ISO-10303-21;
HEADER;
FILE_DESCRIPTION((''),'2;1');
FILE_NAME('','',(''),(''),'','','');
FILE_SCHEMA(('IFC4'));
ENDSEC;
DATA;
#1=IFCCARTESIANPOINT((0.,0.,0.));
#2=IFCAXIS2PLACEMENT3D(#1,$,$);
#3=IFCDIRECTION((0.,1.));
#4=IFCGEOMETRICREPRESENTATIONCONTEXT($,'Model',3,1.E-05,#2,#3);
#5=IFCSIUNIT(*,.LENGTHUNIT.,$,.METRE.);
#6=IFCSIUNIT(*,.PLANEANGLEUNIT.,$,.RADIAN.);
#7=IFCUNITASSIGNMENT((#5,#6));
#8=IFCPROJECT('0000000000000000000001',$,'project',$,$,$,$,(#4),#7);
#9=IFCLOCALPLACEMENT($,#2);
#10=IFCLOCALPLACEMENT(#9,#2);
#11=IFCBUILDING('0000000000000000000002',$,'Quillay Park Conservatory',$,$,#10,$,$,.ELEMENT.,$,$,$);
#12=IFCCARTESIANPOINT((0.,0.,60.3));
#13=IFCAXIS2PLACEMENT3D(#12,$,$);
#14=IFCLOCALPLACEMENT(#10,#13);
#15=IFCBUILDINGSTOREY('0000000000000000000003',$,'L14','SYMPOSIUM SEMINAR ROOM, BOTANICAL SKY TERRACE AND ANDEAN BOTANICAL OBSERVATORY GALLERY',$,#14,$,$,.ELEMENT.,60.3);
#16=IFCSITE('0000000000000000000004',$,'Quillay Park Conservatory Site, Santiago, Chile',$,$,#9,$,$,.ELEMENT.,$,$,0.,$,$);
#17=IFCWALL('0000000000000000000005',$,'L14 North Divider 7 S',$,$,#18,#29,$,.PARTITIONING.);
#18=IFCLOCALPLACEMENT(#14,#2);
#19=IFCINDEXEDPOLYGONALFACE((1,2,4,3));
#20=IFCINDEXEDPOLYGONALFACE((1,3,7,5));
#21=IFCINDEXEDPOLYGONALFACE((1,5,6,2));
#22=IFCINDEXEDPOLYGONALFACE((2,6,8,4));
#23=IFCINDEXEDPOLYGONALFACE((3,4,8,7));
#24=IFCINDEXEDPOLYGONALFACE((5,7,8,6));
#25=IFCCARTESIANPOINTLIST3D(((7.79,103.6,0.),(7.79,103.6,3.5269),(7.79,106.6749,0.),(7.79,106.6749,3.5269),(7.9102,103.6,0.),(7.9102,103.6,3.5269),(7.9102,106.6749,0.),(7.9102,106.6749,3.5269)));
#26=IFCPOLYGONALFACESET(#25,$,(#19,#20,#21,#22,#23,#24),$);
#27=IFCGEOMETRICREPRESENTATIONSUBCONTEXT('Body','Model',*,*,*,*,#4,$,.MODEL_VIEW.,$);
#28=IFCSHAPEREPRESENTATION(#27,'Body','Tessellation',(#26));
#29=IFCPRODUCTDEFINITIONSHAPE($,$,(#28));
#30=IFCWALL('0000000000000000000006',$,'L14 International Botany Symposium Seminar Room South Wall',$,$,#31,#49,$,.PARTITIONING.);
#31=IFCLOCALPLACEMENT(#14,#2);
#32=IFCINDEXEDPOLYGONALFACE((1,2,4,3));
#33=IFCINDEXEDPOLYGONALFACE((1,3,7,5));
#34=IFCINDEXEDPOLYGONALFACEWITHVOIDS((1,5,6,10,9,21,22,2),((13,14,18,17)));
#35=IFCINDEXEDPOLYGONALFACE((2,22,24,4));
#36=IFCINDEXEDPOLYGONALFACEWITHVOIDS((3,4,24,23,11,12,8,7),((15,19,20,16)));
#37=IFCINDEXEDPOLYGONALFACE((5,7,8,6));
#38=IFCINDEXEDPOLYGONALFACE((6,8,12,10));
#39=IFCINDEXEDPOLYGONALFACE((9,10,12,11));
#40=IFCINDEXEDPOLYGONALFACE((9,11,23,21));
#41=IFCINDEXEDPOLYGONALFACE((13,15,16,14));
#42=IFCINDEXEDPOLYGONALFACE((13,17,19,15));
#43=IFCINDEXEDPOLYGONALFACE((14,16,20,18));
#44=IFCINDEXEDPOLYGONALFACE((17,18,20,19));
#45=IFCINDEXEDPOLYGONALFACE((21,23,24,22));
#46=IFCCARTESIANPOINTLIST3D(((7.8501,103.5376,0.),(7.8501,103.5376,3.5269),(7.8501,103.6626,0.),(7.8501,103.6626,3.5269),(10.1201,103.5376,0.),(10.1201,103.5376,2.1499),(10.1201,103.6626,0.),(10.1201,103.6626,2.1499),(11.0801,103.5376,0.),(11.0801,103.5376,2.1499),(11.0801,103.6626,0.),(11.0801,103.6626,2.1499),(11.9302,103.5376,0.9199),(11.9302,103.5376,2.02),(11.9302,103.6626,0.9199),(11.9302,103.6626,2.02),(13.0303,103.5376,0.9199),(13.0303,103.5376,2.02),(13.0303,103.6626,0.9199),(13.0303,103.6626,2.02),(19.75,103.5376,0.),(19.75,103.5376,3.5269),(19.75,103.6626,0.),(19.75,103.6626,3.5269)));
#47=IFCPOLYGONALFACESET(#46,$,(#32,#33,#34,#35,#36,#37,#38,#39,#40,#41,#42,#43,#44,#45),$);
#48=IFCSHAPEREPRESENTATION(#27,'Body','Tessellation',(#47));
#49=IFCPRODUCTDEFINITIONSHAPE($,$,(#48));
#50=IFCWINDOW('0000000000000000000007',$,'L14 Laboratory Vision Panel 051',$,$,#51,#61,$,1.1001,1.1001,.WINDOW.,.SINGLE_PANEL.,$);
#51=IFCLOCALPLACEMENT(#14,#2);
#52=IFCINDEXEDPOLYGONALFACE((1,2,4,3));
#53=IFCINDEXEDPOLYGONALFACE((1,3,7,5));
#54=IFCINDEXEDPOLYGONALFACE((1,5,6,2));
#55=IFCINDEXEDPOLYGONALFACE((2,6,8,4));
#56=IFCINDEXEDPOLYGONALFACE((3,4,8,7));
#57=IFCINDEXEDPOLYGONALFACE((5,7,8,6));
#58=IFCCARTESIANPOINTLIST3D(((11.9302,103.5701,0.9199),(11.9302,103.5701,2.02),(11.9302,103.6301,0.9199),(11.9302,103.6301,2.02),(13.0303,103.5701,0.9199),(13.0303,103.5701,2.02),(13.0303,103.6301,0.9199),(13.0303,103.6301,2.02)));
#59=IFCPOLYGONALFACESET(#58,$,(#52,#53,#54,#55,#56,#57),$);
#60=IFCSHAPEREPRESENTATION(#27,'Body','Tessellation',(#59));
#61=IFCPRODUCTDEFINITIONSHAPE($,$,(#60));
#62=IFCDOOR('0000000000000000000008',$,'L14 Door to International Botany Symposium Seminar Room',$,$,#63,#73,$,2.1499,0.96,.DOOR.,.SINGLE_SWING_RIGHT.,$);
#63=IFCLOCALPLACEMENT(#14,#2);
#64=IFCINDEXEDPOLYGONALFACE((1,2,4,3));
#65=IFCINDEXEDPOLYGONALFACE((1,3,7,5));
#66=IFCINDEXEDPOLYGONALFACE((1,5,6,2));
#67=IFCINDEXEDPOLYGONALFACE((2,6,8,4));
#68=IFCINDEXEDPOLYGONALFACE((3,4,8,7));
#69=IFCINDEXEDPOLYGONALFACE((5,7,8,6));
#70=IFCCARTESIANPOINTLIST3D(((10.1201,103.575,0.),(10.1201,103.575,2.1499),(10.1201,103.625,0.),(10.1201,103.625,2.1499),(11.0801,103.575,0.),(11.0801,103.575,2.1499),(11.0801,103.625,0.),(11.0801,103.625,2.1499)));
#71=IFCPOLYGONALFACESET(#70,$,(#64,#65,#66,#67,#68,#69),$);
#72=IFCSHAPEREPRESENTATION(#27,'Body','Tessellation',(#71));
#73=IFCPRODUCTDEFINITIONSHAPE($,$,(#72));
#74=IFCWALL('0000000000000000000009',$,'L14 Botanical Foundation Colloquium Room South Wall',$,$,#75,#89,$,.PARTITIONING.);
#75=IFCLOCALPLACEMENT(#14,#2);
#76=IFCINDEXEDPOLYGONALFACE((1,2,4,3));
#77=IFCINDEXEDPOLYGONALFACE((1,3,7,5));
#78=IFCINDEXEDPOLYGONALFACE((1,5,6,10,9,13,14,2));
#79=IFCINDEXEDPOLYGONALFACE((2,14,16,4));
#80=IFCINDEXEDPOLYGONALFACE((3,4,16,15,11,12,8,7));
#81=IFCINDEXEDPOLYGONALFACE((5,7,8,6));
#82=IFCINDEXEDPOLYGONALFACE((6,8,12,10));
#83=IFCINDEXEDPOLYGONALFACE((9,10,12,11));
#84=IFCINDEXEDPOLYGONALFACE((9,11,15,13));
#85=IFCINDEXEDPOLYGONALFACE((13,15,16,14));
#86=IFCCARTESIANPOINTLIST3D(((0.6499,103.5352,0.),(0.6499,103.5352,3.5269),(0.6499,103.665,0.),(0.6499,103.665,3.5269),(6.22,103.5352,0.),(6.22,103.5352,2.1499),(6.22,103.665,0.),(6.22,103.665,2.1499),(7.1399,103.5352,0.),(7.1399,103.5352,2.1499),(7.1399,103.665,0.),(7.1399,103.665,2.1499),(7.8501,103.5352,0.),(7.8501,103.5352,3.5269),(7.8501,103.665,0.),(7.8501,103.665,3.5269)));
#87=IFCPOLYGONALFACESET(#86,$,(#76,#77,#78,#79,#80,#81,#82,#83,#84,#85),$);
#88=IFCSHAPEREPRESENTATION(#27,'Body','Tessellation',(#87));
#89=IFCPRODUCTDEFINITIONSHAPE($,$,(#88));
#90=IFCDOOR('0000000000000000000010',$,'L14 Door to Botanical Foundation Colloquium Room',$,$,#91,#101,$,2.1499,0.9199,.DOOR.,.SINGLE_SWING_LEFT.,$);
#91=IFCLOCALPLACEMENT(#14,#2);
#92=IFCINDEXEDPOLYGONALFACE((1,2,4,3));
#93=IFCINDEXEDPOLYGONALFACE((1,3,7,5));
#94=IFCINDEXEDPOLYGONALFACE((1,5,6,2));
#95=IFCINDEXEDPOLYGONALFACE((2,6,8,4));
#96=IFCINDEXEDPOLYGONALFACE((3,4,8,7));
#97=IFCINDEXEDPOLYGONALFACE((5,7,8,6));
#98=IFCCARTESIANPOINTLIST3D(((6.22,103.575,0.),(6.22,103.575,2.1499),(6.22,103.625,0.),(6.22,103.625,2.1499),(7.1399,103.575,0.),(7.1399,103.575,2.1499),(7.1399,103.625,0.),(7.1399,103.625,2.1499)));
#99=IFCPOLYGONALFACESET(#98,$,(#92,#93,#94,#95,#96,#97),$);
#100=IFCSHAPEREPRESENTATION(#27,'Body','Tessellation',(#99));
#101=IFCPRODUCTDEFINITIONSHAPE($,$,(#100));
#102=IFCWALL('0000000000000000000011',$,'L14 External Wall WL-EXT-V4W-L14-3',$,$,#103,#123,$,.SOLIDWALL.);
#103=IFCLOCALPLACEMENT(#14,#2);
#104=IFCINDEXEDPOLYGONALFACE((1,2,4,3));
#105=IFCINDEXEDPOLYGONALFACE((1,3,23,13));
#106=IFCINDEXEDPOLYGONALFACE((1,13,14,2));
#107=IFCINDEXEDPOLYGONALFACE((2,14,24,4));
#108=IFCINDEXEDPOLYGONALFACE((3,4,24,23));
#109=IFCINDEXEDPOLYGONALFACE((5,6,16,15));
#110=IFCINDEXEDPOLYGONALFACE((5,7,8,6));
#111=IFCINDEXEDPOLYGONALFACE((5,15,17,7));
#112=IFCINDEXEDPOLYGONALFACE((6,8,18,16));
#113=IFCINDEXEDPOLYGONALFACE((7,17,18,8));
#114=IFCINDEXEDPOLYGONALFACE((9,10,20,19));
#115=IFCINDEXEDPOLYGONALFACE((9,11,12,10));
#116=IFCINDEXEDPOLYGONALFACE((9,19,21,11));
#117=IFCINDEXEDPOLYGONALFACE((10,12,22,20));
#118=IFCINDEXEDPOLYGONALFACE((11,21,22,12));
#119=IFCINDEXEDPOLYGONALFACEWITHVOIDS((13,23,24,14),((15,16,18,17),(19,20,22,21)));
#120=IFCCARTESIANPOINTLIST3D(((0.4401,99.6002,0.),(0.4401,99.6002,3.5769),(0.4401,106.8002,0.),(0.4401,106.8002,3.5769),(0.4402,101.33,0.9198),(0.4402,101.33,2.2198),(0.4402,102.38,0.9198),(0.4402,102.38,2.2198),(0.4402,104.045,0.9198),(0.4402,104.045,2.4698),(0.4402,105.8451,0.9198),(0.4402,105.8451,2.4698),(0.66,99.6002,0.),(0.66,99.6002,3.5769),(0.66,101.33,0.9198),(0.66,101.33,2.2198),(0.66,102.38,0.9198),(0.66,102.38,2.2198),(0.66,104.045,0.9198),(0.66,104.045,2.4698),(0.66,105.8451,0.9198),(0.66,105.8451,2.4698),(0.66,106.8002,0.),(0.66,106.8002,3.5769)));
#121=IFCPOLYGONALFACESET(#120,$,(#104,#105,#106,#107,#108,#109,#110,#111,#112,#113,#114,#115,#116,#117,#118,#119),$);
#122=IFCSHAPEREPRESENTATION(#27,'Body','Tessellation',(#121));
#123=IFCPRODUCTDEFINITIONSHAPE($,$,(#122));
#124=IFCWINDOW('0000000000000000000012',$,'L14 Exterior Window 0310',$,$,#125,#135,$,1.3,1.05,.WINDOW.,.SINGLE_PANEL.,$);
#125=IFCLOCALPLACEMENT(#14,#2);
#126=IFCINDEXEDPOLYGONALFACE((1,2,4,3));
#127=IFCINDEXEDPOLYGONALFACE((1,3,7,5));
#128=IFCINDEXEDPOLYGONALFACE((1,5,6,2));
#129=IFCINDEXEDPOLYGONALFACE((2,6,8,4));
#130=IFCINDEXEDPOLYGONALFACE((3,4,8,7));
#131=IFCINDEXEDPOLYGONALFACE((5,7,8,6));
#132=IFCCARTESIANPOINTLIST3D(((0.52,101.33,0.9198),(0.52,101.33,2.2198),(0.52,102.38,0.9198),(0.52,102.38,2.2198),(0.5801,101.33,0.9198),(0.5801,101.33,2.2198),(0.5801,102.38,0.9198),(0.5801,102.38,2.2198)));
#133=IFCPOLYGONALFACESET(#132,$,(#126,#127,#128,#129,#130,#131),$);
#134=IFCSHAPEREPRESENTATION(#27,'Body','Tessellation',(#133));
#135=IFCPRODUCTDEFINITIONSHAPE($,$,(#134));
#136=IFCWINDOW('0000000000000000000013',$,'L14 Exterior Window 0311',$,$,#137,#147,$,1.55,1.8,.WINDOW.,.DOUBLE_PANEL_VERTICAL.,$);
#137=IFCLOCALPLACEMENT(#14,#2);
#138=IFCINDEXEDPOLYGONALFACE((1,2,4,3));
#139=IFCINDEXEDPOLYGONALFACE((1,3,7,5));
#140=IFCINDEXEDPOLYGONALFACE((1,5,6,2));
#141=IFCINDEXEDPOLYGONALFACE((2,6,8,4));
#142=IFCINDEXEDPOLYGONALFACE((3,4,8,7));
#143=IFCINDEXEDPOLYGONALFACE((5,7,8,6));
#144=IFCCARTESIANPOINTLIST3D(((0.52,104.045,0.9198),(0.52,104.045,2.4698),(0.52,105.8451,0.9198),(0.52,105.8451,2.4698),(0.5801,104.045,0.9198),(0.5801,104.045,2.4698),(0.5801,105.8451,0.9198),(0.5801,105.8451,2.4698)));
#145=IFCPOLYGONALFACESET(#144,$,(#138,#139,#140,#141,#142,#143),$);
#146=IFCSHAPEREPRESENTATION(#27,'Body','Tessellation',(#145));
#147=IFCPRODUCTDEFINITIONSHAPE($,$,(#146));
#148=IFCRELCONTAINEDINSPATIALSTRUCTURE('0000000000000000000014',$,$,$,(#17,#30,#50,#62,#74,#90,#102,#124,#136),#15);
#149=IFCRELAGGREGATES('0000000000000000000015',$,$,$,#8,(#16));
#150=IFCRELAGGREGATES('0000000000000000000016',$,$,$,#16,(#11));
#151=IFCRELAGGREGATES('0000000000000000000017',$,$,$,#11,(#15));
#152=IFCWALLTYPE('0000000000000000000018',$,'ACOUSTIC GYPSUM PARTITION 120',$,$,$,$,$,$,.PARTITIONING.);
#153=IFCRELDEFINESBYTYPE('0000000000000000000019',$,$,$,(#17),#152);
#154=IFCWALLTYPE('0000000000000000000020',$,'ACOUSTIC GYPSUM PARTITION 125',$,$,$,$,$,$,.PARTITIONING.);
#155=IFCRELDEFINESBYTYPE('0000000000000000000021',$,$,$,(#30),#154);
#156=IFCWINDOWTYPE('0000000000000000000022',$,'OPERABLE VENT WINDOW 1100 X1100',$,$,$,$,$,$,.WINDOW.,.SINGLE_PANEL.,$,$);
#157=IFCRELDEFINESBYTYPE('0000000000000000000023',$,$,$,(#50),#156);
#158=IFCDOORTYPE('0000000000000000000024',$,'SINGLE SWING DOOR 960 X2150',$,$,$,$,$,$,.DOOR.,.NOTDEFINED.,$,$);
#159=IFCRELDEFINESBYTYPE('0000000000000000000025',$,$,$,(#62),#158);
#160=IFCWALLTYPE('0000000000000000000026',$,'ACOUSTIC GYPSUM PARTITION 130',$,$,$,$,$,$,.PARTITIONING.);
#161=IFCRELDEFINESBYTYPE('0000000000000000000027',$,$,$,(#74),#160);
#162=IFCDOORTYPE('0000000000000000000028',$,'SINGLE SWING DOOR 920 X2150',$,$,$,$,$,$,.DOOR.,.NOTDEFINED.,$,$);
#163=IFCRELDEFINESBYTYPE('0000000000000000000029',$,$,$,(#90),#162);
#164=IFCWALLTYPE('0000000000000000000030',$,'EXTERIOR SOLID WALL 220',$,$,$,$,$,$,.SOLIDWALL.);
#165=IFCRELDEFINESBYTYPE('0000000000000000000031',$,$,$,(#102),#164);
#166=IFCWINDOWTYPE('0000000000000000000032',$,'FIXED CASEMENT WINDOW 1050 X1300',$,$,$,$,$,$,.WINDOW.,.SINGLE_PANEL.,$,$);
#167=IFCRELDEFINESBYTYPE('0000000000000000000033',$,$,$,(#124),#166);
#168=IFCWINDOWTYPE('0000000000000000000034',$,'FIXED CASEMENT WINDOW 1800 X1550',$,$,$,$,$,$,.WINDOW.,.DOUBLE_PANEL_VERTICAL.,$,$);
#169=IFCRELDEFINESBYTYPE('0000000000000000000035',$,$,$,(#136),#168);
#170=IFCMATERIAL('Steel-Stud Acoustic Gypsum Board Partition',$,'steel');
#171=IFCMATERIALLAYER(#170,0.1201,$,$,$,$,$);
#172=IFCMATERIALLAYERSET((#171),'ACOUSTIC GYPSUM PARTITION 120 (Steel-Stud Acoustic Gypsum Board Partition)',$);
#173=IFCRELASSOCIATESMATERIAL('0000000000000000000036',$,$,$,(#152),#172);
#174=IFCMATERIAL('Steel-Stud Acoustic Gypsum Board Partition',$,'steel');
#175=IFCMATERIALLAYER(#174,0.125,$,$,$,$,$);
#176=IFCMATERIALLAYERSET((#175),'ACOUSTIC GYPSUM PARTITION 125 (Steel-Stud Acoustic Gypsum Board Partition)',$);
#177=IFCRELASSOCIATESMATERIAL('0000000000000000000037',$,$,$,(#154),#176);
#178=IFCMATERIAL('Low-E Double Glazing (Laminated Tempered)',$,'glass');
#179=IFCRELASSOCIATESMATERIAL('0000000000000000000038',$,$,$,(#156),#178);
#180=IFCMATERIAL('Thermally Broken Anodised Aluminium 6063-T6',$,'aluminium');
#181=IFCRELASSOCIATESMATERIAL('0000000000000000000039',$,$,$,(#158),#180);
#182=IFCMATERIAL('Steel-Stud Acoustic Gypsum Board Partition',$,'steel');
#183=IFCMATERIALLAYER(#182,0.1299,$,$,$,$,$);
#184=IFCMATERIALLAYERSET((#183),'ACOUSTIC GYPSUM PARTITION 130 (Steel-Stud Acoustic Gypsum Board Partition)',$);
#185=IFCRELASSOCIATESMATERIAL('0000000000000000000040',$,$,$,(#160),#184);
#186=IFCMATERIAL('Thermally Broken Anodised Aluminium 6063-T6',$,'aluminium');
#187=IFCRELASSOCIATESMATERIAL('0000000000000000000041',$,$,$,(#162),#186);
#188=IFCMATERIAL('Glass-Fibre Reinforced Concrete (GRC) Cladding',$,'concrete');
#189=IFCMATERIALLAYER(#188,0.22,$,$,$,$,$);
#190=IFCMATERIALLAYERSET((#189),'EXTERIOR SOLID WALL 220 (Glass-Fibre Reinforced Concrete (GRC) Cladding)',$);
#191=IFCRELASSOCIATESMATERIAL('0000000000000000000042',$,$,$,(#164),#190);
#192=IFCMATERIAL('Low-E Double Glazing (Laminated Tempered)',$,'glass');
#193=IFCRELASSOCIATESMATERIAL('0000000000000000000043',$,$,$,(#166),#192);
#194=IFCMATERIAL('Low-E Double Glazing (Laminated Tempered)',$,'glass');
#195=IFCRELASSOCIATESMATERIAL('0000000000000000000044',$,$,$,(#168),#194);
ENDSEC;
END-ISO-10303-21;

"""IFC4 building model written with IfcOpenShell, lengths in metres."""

from ifc_helpers import new_model, si_unit, direction, frame, frame_2d, origin, place, context, subcontext, project, spatial, rectangle, extrude, material, layer, layer_set, type_object, element, fill, save


model = new_model("IFC4")

# Units and contexts
model_context = context("Model", 3, precision=1e-05, world=origin(), true_north=direction((0.0, 1.0)))
body_context = subcontext(model_context, "Body", "Model", "MODEL_VIEW")
ifc_project = project(units=[si_unit("LENGTHUNIT", "METRE"), si_unit("PLANEANGLEUNIT", "RADIAN")], contexts=[model_context])

# Site, building, storey
site_placement = place(None, origin())
site = spatial("IfcSite", under=ifc_project, at=site_placement, Name="Quillay Park Conservatory Site, Santiago, Chile", CompositionType="ELEMENT", RefElevation=0.0)
building_placement = place(site_placement, origin())
building = spatial("IfcBuilding", under=site, at=building_placement, Name="Quillay Park Conservatory", CompositionType="ELEMENT")
storey_placement = place(building_placement, frame((0.0, 0.0, 60.3)))
storey = spatial("IfcBuildingStorey", under=building, at=storey_placement, Name="L14", Description="SYMPOSIUM SEMINAR ROOM, BOTANICAL SKY TERRACE AND ANDEAN BOTANICAL OBSERVATORY GALLERY", CompositionType="ELEMENT", Elevation=60.3)

# Wall
ifc_material_1 = material(Name="Steel-Stud Acoustic Gypsum Board Partition", Category="steel")
ifc_layer_1 = layer(ifc_material_1, 0.1201)
ifc_layer_set_1 = layer_set([ifc_layer_1], Name="ACOUSTIC GYPSUM PARTITION 120 (Steel-Stud Acoustic Gypsum Board Partition)")
wall_type_1 = type_object("IfcWallType", Name="ACOUSTIC GYPSUM PARTITION 120", PredefinedType="PARTITIONING", material=ifc_layer_set_1)
wall_1_placement = place(storey_placement, frame((7.8501, 106.675, 0.0), z_axis=(0.0, 0.0, 1.0), x_axis=(0.0, -1.0, 0.0)))
element("IfcWall", 1, at=wall_1_placement, inside=storey, type_object=wall_type_1, Name="L14 North Divider 7 S", PredefinedType="PARTITIONING", context=body_context, shape_type="SweptSolid", body=[
    extrude(rectangle(XDim=3.075, YDim=0.1201, at=frame_2d((1.5376, 0.0))), origin(), (0.0, 0.0, 1.0), 3.5269),
])

# Wall, openings, window, door
ifc_material_2 = material(Name="Steel-Stud Acoustic Gypsum Board Partition", Category="steel")
ifc_layer_2 = layer(ifc_material_2, 0.125)
ifc_layer_set_2 = layer_set([ifc_layer_2], Name="ACOUSTIC GYPSUM PARTITION 125 (Steel-Stud Acoustic Gypsum Board Partition)")
wall_type_2 = type_object("IfcWallType", Name="ACOUSTIC GYPSUM PARTITION 125", PredefinedType="PARTITIONING", material=ifc_layer_set_2)
wall_2_placement = place(storey_placement, frame((7.8501, 103.6001, 0.0), z_axis=(0.0, 0.0, 1.0), x_axis=(1.0, 0.0, 0.0)))
wall_2 = element("IfcWall", 2, at=wall_2_placement, inside=storey, type_object=wall_type_2, Name="L14 International Botany Symposium Seminar Room South Wall", PredefinedType="PARTITIONING", context=body_context, shape_type="SweptSolid", body=[
    extrude(rectangle(XDim=11.8999, YDim=0.125, at=frame_2d((5.95, 0.0))), origin(), (0.0, 0.0, 1.0), 3.5269),
])
opening_1_placement = place(wall_2_placement, frame((2.27, 0.0, 0.0)))
opening_1 = element("IfcOpeningElement", 3, at=opening_1_placement, cuts=wall_2, PredefinedType="OPENING", context=body_context, shape_type="SweptSolid", body=[
    extrude(rectangle(XDim=0.96, YDim=2.1499, at=frame_2d((0.48, 1.075))), frame((0.0, 0.0625, 0.0), z_axis=(0.0, -1.0, 0.0), x_axis=(1.0, 0.0, 0.0)), (0.0, 0.0, 1.0), 0.125),
])
opening_2_placement = place(wall_2_placement, frame((4.0801, 0.0, 0.9199)))
opening_2 = element("IfcOpeningElement", 4, at=opening_2_placement, cuts=wall_2, PredefinedType="OPENING", context=body_context, shape_type="SweptSolid", body=[
    extrude(rectangle(XDim=1.1001, YDim=1.1001, at=frame_2d((0.55, 0.55))), frame((0.0, 0.0625, 0.0), z_axis=(0.0, -1.0, 0.0), x_axis=(1.0, 0.0, 0.0)), (0.0, 0.0, 1.0), 0.125),
])
ifc_material_3 = material(Name="Low-E Double Glazing (Laminated Tempered)", Category="glass")
window_type_1 = type_object("IfcWindowType", Name="OPERABLE VENT WINDOW 1100 X1100", PartitioningType="SINGLE_PANEL", PredefinedType="WINDOW", material=ifc_material_3)
window_1_placement = place(opening_2_placement, origin())
window_1 = element("IfcWindow", 5, at=window_1_placement, inside=storey, type_object=window_type_1, Name="L14 Laboratory Vision Panel 051", OverallHeight=1.1001, OverallWidth=1.1001, PartitioningType="SINGLE_PANEL", PredefinedType="WINDOW", context=body_context, shape_type="SweptSolid", body=[
    extrude(rectangle(XDim=1.1001, YDim=1.1001, at=frame_2d((0.55, 0.55))), frame((0.0, 0.03, 0.0), z_axis=(0.0, -1.0, 0.0), x_axis=(1.0, 0.0, 0.0)), (0.0, 0.0, 1.0), 0.0601),
])
fill(opening_2, window_1)
ifc_material_4 = material(Name="Thermally Broken Anodised Aluminium 6063-T6", Category="aluminium")
door_type_1 = type_object("IfcDoorType", Name="SINGLE SWING DOOR 960 X2150", OperationType="NOTDEFINED", PredefinedType="DOOR", material=ifc_material_4)
door_1_placement = place(opening_1_placement, origin())
door_1 = element("IfcDoor", 6, at=door_1_placement, inside=storey, type_object=door_type_1, Name="L14 Door to International Botany Symposium Seminar Room", OperationType="SINGLE_SWING_RIGHT", OverallHeight=2.1499, OverallWidth=0.96, PredefinedType="DOOR", context=body_context, shape_type="SweptSolid", body=[
    extrude(rectangle(XDim=0.96, YDim=2.1499, at=frame_2d((0.48, 1.075))), frame((0.0, 0.0249, 0.0), z_axis=(0.0, -1.0, 0.0), x_axis=(1.0, 0.0, 0.0)), (0.0, 0.0, 1.0), 0.05),
])
fill(opening_1, door_1)

# Wall, opening, door
ifc_material_5 = material(Name="Steel-Stud Acoustic Gypsum Board Partition", Category="steel")
ifc_layer_3 = layer(ifc_material_5, 0.1299)
ifc_layer_set_3 = layer_set([ifc_layer_3], Name="ACOUSTIC GYPSUM PARTITION 130 (Steel-Stud Acoustic Gypsum Board Partition)")
wall_type_3 = type_object("IfcWallType", Name="ACOUSTIC GYPSUM PARTITION 130", PredefinedType="PARTITIONING", material=ifc_layer_set_3)
wall_3_placement = place(storey_placement, frame((0.6499, 103.6001, 0.0), z_axis=(0.0, 0.0, 1.0), x_axis=(1.0, 0.0, 0.0)))
wall_3 = element("IfcWall", 7, at=wall_3_placement, inside=storey, type_object=wall_type_3, Name="L14 Botanical Foundation Colloquium Room South Wall", PredefinedType="PARTITIONING", context=body_context, shape_type="SweptSolid", body=[
    extrude(rectangle(XDim=7.2002, YDim=0.1299, at=frame_2d((3.6001, 0.0))), origin(), (0.0, 0.0, 1.0), 3.5269),
])
opening_3_placement = place(wall_3_placement, frame((5.5701, 0.0, 0.0)))
opening_3 = element("IfcOpeningElement", 8, at=opening_3_placement, cuts=wall_3, PredefinedType="OPENING", context=body_context, shape_type="SweptSolid", body=[
    extrude(rectangle(XDim=0.9199, YDim=2.1499, at=frame_2d((0.46, 1.075))), frame((0.0, 0.0649, 0.0), z_axis=(0.0, -1.0, 0.0), x_axis=(1.0, 0.0, 0.0)), (0.0, 0.0, 1.0), 0.1299),
])
ifc_material_6 = material(Name="Thermally Broken Anodised Aluminium 6063-T6", Category="aluminium")
door_type_2 = type_object("IfcDoorType", Name="SINGLE SWING DOOR 920 X2150", OperationType="NOTDEFINED", PredefinedType="DOOR", material=ifc_material_6)
door_2_placement = place(opening_3_placement, origin())
door_2 = element("IfcDoor", 9, at=door_2_placement, inside=storey, type_object=door_type_2, Name="L14 Door to Botanical Foundation Colloquium Room", OperationType="SINGLE_SWING_LEFT", OverallHeight=2.1499, OverallWidth=0.9199, PredefinedType="DOOR", context=body_context, shape_type="SweptSolid", body=[
    extrude(rectangle(XDim=0.9199, YDim=2.1499, at=frame_2d((0.46, 1.075))), frame((0.0, 0.0249, 0.0), z_axis=(0.0, -1.0, 0.0), x_axis=(1.0, 0.0, 0.0)), (0.0, 0.0, 1.0), 0.05),
])
fill(opening_3, door_2)

# Wall, openings, windows
ifc_material_7 = material(Name="Glass-Fibre Reinforced Concrete (GRC) Cladding", Category="concrete")
ifc_layer_4 = layer(ifc_material_7, 0.22)
ifc_layer_set_4 = layer_set([ifc_layer_4], Name="EXTERIOR SOLID WALL 220 (Glass-Fibre Reinforced Concrete (GRC) Cladding)")
wall_type_4 = type_object("IfcWallType", Name="EXTERIOR SOLID WALL 220", PredefinedType="SOLIDWALL", material=ifc_layer_set_4)
wall_4_placement = place(storey_placement, frame((0.55, 99.6001, 0.0), z_axis=(0.0, 0.0, 1.0), x_axis=(0.0, 1.0, 0.0)))
wall_4 = element("IfcWall", 10, at=wall_4_placement, inside=storey, type_object=wall_type_4, Name="L14 External Wall WL-EXT-V4W-L14-3", PredefinedType="SOLIDWALL", context=body_context, shape_type="SweptSolid", body=[
    extrude(rectangle(XDim=7.2, YDim=0.22, at=frame_2d((3.6001, 0.0))), origin(), (0.0, 0.0, 1.0), 3.5769),
])
opening_4_placement = place(wall_4_placement, frame((1.73, 0.0, 0.9199)))
opening_4 = element("IfcOpeningElement", 11, at=opening_4_placement, cuts=wall_4, PredefinedType="OPENING", context=body_context, shape_type="SweptSolid", body=[
    extrude(rectangle(XDim=1.05, YDim=1.3, at=frame_2d((0.5249, 0.6499))), frame((0.0, 0.1099, 0.0), z_axis=(0.0, -1.0, 0.0), x_axis=(1.0, 0.0, 0.0)), (0.0, 0.0, 1.0), 0.22),
])
opening_5_placement = place(wall_4_placement, frame((4.4451, 0.0, 0.9199)))
opening_5 = element("IfcOpeningElement", 12, at=opening_5_placement, cuts=wall_4, PredefinedType="OPENING", context=body_context, shape_type="SweptSolid", body=[
    extrude(rectangle(XDim=1.8, YDim=1.55, at=frame_2d((0.8999, 0.7749))), frame((0.0, 0.1099, 0.0), z_axis=(0.0, -1.0, 0.0), x_axis=(1.0, 0.0, 0.0)), (0.0, 0.0, 1.0), 0.22),
])
ifc_material_8 = material(Name="Low-E Double Glazing (Laminated Tempered)", Category="glass")
window_type_2 = type_object("IfcWindowType", Name="FIXED CASEMENT WINDOW 1050 X1300", PartitioningType="SINGLE_PANEL", PredefinedType="WINDOW", material=ifc_material_8)
window_2_placement = place(opening_4_placement, origin())
window_2 = element("IfcWindow", 13, at=window_2_placement, inside=storey, type_object=window_type_2, Name="L14 Exterior Window 0310", OverallHeight=1.3, OverallWidth=1.05, PartitioningType="SINGLE_PANEL", PredefinedType="WINDOW", context=body_context, shape_type="SweptSolid", body=[
    extrude(rectangle(XDim=1.05, YDim=1.3, at=frame_2d((0.5249, 0.6499))), frame((0.0, 0.03, 0.0), z_axis=(0.0, -1.0, 0.0), x_axis=(1.0, 0.0, 0.0)), (0.0, 0.0, 1.0), 0.0601),
])
fill(opening_4, window_2)
ifc_material_9 = material(Name="Low-E Double Glazing (Laminated Tempered)", Category="glass")
window_type_3 = type_object("IfcWindowType", Name="FIXED CASEMENT WINDOW 1800 X1550", PartitioningType="DOUBLE_PANEL_VERTICAL", PredefinedType="WINDOW", material=ifc_material_9)
window_3_placement = place(opening_5_placement, origin())
window_3 = element("IfcWindow", 14, at=window_3_placement, inside=storey, type_object=window_type_3, Name="L14 Exterior Window 0311", OverallHeight=1.55, OverallWidth=1.8, PartitioningType="DOUBLE_PANEL_VERTICAL", PredefinedType="WINDOW", context=body_context, shape_type="SweptSolid", body=[
    extrude(rectangle(XDim=1.8, YDim=1.55, at=frame_2d((0.8999, 0.7749))), frame((0.0, 0.03, 0.0), z_axis=(0.0, -1.0, 0.0), x_axis=(1.0, 0.0, 0.0)), (0.0, 0.0, 1.0), 0.0601),
])
fill(opening_5, window_3)

save(model, "model.ifc")
